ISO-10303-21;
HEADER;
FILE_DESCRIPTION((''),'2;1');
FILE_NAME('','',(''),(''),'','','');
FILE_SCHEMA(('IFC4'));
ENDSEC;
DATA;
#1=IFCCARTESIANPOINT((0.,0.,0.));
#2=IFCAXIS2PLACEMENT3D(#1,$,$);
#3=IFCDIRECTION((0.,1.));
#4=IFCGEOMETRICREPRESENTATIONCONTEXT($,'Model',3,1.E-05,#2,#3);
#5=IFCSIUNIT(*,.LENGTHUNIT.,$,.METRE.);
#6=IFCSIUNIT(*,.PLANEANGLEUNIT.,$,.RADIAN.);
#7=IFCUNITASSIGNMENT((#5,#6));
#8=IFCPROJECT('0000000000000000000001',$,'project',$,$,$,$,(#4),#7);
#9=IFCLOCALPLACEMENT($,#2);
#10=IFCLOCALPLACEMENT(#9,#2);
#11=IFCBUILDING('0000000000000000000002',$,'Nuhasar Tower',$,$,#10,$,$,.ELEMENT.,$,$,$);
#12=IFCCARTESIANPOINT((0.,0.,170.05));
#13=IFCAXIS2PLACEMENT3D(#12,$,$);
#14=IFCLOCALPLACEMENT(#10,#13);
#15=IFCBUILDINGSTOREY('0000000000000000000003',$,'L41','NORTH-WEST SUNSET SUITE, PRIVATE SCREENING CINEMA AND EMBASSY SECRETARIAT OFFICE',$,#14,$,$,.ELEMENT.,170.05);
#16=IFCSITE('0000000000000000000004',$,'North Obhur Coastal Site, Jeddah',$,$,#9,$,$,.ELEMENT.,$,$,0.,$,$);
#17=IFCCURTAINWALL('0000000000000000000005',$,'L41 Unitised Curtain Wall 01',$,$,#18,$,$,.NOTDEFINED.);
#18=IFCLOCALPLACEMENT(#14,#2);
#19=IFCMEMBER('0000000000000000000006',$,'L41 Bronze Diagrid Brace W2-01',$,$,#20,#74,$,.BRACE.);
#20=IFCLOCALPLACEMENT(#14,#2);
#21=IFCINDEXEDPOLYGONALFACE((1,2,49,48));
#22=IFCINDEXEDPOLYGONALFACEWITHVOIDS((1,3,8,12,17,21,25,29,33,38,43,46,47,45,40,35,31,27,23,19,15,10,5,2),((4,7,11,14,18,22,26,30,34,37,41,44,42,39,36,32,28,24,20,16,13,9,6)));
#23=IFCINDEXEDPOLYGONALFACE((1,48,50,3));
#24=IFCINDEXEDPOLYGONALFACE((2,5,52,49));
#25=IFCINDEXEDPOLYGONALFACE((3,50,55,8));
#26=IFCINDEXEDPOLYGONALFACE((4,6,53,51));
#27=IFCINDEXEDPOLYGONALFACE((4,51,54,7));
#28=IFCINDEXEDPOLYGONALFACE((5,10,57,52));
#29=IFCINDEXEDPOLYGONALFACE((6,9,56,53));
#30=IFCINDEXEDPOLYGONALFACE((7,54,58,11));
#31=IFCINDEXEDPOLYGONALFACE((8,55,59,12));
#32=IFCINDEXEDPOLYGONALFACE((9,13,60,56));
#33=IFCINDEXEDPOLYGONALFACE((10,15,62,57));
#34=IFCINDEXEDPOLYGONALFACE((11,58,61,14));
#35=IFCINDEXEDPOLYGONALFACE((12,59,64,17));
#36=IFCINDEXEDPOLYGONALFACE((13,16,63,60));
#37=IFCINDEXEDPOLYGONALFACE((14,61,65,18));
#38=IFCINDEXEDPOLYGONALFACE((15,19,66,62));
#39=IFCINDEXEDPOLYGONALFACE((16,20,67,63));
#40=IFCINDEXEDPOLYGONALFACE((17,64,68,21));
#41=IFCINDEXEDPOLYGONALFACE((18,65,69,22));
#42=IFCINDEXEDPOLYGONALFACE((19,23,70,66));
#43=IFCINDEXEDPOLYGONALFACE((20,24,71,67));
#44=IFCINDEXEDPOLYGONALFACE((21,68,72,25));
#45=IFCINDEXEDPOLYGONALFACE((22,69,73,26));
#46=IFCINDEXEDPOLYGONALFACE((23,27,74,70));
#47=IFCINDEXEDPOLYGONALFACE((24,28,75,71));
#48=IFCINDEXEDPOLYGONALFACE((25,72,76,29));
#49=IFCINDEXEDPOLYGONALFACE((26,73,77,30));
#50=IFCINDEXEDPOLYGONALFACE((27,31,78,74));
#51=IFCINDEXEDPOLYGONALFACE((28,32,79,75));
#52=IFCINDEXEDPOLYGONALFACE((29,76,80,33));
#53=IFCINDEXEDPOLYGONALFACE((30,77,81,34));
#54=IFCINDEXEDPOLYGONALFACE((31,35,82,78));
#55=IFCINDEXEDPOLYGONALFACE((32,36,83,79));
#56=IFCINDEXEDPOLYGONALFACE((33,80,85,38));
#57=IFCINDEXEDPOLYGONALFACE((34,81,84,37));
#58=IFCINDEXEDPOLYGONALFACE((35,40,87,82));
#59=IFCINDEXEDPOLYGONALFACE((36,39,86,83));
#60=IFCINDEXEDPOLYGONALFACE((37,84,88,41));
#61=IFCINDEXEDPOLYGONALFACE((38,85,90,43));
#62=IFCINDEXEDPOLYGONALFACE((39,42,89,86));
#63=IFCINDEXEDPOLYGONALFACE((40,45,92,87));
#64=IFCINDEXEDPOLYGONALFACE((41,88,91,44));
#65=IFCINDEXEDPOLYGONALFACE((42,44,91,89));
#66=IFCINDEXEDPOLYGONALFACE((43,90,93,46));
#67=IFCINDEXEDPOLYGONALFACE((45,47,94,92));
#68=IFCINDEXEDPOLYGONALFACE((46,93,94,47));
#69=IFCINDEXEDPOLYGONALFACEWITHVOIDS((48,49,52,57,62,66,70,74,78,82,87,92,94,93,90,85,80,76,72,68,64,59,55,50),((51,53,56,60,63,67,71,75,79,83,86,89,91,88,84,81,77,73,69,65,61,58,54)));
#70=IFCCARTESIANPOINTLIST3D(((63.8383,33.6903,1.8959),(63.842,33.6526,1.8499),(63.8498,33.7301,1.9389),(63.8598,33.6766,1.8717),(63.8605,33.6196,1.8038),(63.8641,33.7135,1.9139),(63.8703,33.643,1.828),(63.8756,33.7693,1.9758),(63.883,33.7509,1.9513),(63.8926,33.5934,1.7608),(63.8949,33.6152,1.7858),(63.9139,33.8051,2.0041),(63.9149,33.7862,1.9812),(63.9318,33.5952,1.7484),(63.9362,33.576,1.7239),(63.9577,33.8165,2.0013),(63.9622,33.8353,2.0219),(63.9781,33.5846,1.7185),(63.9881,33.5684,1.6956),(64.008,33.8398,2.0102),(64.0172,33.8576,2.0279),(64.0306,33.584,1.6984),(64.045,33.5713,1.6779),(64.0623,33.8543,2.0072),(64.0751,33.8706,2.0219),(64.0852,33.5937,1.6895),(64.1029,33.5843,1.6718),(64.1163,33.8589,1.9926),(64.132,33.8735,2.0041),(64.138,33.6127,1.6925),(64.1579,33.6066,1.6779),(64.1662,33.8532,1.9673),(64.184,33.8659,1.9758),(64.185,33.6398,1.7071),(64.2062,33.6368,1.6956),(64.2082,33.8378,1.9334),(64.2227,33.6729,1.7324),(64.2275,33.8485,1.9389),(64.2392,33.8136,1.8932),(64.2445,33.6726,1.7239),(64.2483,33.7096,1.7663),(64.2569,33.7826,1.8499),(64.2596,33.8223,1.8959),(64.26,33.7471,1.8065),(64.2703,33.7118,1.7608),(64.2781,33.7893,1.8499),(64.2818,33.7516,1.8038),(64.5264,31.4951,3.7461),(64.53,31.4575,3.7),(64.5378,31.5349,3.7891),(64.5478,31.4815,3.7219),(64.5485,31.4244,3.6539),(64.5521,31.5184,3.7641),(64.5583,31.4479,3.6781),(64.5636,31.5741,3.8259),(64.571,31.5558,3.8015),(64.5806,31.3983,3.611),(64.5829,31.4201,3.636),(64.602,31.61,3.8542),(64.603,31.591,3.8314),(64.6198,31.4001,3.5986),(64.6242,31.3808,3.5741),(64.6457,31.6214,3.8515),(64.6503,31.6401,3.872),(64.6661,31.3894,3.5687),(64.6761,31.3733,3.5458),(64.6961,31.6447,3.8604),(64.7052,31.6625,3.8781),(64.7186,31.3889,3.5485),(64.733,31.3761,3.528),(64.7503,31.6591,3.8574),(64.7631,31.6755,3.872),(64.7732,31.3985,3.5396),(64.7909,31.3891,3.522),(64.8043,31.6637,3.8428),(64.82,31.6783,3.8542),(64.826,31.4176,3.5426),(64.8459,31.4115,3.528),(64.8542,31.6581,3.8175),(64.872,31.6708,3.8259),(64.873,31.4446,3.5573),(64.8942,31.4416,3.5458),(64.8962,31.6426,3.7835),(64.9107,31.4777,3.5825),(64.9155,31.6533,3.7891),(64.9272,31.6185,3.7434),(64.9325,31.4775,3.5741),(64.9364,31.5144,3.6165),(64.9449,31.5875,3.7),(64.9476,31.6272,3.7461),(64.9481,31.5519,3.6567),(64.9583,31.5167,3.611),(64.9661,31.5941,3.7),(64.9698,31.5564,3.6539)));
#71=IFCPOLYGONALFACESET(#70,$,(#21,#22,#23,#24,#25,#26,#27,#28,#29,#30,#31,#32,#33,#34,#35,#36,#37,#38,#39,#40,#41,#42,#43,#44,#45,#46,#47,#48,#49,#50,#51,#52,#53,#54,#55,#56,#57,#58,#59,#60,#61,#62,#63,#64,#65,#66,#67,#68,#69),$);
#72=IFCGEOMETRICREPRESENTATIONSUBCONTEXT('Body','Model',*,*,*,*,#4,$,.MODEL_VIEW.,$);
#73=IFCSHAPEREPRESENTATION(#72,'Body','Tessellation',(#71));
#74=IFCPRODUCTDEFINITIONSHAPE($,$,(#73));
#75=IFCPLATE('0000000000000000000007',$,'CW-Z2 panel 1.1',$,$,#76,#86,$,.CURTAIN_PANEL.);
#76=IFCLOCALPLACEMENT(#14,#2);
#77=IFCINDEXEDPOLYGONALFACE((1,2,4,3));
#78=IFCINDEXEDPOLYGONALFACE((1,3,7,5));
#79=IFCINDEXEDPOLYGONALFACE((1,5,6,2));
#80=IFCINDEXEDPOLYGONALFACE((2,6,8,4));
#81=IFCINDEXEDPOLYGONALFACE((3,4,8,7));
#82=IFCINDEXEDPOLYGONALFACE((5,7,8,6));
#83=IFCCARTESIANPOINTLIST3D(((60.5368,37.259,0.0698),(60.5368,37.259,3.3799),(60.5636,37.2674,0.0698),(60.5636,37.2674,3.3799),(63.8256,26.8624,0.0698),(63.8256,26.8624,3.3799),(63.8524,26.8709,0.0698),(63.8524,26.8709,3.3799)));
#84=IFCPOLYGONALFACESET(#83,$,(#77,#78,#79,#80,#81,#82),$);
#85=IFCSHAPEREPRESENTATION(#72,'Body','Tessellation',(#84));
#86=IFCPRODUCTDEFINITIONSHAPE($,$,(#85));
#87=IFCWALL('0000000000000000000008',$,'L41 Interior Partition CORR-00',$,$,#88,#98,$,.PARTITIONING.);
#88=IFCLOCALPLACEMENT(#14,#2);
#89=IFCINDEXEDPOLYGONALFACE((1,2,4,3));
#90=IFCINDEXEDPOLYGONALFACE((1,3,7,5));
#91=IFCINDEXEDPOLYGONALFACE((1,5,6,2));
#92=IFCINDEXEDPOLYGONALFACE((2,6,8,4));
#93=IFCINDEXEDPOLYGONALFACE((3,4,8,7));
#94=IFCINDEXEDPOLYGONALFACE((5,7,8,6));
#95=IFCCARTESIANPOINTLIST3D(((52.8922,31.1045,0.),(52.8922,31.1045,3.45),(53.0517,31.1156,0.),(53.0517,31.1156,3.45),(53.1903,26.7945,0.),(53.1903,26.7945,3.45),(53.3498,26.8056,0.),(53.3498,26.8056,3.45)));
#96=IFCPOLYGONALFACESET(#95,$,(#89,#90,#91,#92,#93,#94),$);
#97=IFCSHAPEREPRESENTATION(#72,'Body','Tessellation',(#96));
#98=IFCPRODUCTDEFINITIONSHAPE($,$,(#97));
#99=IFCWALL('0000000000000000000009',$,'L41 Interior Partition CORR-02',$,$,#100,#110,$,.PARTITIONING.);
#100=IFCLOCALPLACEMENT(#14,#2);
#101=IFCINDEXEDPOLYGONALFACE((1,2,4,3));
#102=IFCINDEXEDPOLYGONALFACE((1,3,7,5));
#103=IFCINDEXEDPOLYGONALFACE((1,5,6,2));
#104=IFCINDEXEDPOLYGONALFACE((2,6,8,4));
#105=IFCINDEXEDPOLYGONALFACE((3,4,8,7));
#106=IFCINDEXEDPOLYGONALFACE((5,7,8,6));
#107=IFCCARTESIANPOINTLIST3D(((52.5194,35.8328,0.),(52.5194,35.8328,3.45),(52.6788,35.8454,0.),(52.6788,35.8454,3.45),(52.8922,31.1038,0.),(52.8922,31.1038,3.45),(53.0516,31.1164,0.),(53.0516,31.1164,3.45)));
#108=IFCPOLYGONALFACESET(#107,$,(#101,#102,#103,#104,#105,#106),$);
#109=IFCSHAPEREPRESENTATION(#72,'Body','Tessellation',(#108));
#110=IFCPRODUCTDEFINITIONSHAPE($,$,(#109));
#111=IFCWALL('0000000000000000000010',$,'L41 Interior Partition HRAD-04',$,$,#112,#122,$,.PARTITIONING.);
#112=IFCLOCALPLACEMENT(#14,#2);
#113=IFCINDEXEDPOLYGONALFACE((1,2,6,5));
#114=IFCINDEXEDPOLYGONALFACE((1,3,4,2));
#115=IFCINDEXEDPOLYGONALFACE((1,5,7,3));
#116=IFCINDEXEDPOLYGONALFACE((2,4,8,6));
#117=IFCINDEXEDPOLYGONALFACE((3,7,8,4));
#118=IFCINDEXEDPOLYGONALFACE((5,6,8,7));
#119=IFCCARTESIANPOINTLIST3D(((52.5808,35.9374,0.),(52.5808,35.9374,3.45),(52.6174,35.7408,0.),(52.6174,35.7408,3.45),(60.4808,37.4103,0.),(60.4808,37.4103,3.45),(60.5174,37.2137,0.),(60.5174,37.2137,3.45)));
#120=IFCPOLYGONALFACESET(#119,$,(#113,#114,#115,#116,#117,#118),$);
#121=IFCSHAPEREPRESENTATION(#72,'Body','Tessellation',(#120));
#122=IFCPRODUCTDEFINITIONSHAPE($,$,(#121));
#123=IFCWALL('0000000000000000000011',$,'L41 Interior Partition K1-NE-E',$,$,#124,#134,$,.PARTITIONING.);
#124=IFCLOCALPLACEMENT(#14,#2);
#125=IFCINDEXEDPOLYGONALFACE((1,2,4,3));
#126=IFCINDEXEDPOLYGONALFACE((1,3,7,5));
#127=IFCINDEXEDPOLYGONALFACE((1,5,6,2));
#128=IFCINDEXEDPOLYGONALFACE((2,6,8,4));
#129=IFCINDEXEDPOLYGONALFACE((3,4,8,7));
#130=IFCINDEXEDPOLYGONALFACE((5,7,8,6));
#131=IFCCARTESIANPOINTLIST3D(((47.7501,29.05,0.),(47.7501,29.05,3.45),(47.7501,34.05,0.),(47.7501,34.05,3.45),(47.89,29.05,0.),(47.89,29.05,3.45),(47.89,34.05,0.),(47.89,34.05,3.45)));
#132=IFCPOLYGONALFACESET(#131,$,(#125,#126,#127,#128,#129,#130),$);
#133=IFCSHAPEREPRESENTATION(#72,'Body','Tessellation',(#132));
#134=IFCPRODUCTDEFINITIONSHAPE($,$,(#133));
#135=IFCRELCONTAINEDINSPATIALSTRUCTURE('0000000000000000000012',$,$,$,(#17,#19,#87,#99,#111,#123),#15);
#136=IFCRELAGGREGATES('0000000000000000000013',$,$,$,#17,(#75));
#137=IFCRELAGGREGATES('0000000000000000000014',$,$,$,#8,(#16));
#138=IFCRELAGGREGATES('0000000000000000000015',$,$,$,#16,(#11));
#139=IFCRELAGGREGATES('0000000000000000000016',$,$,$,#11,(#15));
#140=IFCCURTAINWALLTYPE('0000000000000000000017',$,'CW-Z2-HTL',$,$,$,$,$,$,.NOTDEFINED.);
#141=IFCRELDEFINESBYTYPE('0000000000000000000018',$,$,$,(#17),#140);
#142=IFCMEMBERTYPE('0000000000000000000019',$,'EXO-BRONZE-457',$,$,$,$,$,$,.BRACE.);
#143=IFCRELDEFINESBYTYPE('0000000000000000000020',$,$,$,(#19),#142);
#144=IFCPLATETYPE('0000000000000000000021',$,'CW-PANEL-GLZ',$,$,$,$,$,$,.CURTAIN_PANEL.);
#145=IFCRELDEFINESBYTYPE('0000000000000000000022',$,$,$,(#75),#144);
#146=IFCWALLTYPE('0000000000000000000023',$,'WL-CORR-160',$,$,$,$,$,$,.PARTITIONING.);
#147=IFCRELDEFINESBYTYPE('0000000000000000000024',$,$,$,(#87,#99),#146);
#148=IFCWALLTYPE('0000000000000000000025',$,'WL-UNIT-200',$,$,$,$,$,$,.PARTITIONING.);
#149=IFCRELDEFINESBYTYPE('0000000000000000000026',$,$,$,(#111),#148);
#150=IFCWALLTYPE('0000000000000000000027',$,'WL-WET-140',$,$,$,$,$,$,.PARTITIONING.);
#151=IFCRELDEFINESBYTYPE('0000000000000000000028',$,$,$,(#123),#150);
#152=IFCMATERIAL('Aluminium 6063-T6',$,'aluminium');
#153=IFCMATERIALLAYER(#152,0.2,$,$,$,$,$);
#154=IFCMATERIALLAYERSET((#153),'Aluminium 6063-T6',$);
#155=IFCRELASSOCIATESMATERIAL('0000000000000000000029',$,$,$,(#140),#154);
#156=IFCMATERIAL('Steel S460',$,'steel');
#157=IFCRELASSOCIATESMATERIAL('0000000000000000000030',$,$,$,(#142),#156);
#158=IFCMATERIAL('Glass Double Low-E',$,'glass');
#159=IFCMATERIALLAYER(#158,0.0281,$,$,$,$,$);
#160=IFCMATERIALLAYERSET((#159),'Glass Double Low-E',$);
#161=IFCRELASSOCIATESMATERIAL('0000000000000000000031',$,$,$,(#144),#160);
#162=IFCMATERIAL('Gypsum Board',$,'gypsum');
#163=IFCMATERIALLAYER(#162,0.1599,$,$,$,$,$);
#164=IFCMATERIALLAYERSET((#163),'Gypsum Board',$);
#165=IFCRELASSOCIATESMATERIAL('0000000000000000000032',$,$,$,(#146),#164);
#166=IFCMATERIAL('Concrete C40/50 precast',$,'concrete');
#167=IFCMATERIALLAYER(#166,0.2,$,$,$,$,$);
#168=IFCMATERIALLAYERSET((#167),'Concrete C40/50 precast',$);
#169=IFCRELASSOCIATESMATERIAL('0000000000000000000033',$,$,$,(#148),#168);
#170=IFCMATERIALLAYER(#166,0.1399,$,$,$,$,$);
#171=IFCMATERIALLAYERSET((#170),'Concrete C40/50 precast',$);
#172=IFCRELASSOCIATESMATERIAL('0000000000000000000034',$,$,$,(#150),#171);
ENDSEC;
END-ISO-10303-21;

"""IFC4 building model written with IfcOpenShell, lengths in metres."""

from ifc_helpers import new_model, si_unit, direction, frame, frame_2d, origin, origin_2d, place, context, subcontext, project, spatial, rectangle, hollow_circle, extrude, material, layer, layer_set, material_profile, profile_set, type_object, element, aggregate, save


model = new_model("IFC4")

# Units and contexts
model_context = context("Model", 3, precision=1e-05, world=origin(), true_north=direction((0.0, 1.0)))
body_context = subcontext(model_context, "Body", "Model", "MODEL_VIEW")
ifc_project = project(units=[si_unit("LENGTHUNIT", "METRE"), si_unit("PLANEANGLEUNIT", "RADIAN")], contexts=[model_context])

# Site, building, storey
site_placement = place(None, origin())
site = spatial("IfcSite", under=ifc_project, at=site_placement, Name="North Obhur Coastal Site, Jeddah", CompositionType="ELEMENT", RefElevation=0.0)
building_placement = place(site_placement, origin())
building = spatial("IfcBuilding", under=site, at=building_placement, Name="Nuhasar Tower", CompositionType="ELEMENT")
storey_placement = place(building_placement, frame((0.0, 0.0, 170.05)))
storey = spatial("IfcBuildingStorey", under=building, at=storey_placement, Name="L41", Description="NORTH-WEST SUNSET SUITE, PRIVATE SCREENING CINEMA AND EMBASSY SECRETARIAT OFFICE", CompositionType="ELEMENT", Elevation=170.05)

# Curtain wall
ifc_material_1 = material(Name="Aluminium 6063-T6", Category="aluminium")
ifc_layer_1 = layer(ifc_material_1, 0.2)
ifc_layer_set_1 = layer_set([ifc_layer_1], Name="Aluminium 6063-T6")
curtain_wall_type = type_object("IfcCurtainWallType", Name="CW-Z2-HTL", PredefinedType="NOTDEFINED", material=ifc_layer_set_1)
curtain_wall_placement = place(storey_placement, origin())
curtain_wall = element("IfcCurtainWall", 1, at=curtain_wall_placement, inside=storey, type_object=curtain_wall_type, Name="L41 Unitised Curtain Wall 01", PredefinedType="NOTDEFINED")

# Member
ifc_material_2 = material(Name="Steel S460", Category="steel")
ifc_material_profile_1 = material_profile(ifc_material_2, hollow_circle(Radius=0.2285, WallThickness=0.0222, at=origin_2d()), Name="HSS457X22.2")
ifc_profile_set_1 = profile_set([ifc_material_profile_1], Name="Steel S460")
member_type_1 = type_object("IfcMemberType", Name="EXO-BRONZE-457", PredefinedType="BRACE", material=ifc_profile_set_1)
member_1_placement = place(storey_placement, frame((64.0601, 33.7209, 1.8499), z_axis=(0.233056, -0.743578, 0.626719), x_axis=(0.954228, 0.299079, 0.0)))
element("IfcMember", 2, at=member_1_placement, inside=storey, type_object=member_type_1, Name="L41 Bronze Diagrid Brace W2-01", PredefinedType="BRACE", context=body_context, shape_type="SweptSolid", body=[
    extrude(hollow_circle(Radius=0.2285, WallThickness=0.0222, at=origin_2d()), origin(), (0.0, 0.0, 1.0), 2.9521),
])

# Plate
ifc_material_3 = material(Name="Glass Double Low-E", Category="glass")
ifc_layer_2 = layer(ifc_material_3, 0.0281)
ifc_layer_set_2 = layer_set([ifc_layer_2], Name="Glass Double Low-E")
plate_type = type_object("IfcPlateType", Name="CW-PANEL-GLZ", PredefinedType="CURTAIN_PANEL", material=ifc_layer_set_2)
plate_placement = place(storey_placement, frame((62.1946, 32.0649, 0.0698), z_axis=(0.0, 0.0, 1.0), x_axis=(-0.301604, 0.953433, 0.0)))
plate = element("IfcPlate", 3, at=plate_placement, type_object=plate_type, Name="CW-Z2 panel 1.1", PredefinedType="CURTAIN_PANEL", context=body_context, shape_type="SweptSolid", body=[
    extrude(rectangle(XDim=10.9043, YDim=0.0281, at=origin_2d()), origin(), (0.0, 0.0, 1.0), 3.3101),
])
aggregate(curtain_wall, [plate])

# Shared definitions
ifc_material_4 = material(Name="Gypsum Board", Category="gypsum")
ifc_layer_3 = layer(ifc_material_4, 0.1599)
ifc_layer_set_3 = layer_set([ifc_layer_3], Name="Gypsum Board")
wall_type_1 = type_object("IfcWallType", Name="WL-CORR-160", PredefinedType="PARTITIONING", material=ifc_layer_set_3)

# Walls
wall_1_placement = place(storey_placement, frame((53.27, 26.8, 0.0), z_axis=(0.0, 0.0, 1.0), x_axis=(-0.068998, 0.997617, 0.0)))
element("IfcWall", 4, at=wall_1_placement, inside=storey, type_object=wall_type_1, Name="L41 Interior Partition CORR-00", PredefinedType="PARTITIONING", context=body_context, shape_type="SweptSolid", body=[
    extrude(rectangle(XDim=4.3203, YDim=0.1599, at=frame_2d((2.1602, 0.0))), origin(), (0.0, 0.0, 1.0), 3.45),
])
wall_2_placement = place(storey_placement, frame((52.9719, 31.1101, 0.0), z_axis=(0.0, 0.0, 1.0), x_axis=(-0.078589, 0.996907, 0.0)))
element("IfcWall", 5, at=wall_2_placement, inside=storey, type_object=wall_type_1, Name="L41 Interior Partition CORR-02", PredefinedType="PARTITIONING", context=body_context, shape_type="SweptSolid", body=[
    extrude(rectangle(XDim=4.7437, YDim=0.1599, at=frame_2d((2.3718, 0.0))), origin(), (0.0, 0.0, 1.0), 3.45),
])
ifc_material_5 = material(Name="Concrete C40/50 precast", Category="concrete")
ifc_layer_4 = layer(ifc_material_5, 0.2)
ifc_layer_set_4 = layer_set([ifc_layer_4], Name="Concrete C40/50 precast")
wall_type_2 = type_object("IfcWallType", Name="WL-UNIT-200", PredefinedType="PARTITIONING", material=ifc_layer_set_4)
wall_3_placement = place(storey_placement, frame((52.5991, 35.8391, 0.0), z_axis=(0.0, 0.0, 1.0), x_axis=(0.983059, 0.183287, 0.0)))
element("IfcWall", 6, at=wall_3_placement, inside=storey, type_object=wall_type_2, Name="L41 Interior Partition HRAD-04", PredefinedType="PARTITIONING", context=body_context, shape_type="SweptSolid", body=[
    extrude(rectangle(XDim=8.0361, YDim=0.2, at=frame_2d((4.0181, 0.0))), origin(), (0.0, 0.0, 1.0), 3.45),
])
ifc_layer_5 = layer(ifc_material_5, 0.1399)
ifc_layer_set_5 = layer_set([ifc_layer_5], Name="Concrete C40/50 precast")
wall_type_3 = type_object("IfcWallType", Name="WL-WET-140", PredefinedType="PARTITIONING", material=ifc_layer_set_5)
wall_4_placement = place(storey_placement, frame((47.8201, 29.05, 0.0), z_axis=(0.0, 0.0, 1.0), x_axis=(0.0, 1.0, 0.0)))
element("IfcWall", 7, at=wall_4_placement, inside=storey, type_object=wall_type_3, Name="L41 Interior Partition K1-NE-E", PredefinedType="PARTITIONING", context=body_context, shape_type="SweptSolid", body=[
    extrude(rectangle(XDim=5.0, YDim=0.1399, at=frame_2d((2.5, 0.0))), origin(), (0.0, 0.0, 1.0), 3.45),
])

save(model, "model.ifc")
